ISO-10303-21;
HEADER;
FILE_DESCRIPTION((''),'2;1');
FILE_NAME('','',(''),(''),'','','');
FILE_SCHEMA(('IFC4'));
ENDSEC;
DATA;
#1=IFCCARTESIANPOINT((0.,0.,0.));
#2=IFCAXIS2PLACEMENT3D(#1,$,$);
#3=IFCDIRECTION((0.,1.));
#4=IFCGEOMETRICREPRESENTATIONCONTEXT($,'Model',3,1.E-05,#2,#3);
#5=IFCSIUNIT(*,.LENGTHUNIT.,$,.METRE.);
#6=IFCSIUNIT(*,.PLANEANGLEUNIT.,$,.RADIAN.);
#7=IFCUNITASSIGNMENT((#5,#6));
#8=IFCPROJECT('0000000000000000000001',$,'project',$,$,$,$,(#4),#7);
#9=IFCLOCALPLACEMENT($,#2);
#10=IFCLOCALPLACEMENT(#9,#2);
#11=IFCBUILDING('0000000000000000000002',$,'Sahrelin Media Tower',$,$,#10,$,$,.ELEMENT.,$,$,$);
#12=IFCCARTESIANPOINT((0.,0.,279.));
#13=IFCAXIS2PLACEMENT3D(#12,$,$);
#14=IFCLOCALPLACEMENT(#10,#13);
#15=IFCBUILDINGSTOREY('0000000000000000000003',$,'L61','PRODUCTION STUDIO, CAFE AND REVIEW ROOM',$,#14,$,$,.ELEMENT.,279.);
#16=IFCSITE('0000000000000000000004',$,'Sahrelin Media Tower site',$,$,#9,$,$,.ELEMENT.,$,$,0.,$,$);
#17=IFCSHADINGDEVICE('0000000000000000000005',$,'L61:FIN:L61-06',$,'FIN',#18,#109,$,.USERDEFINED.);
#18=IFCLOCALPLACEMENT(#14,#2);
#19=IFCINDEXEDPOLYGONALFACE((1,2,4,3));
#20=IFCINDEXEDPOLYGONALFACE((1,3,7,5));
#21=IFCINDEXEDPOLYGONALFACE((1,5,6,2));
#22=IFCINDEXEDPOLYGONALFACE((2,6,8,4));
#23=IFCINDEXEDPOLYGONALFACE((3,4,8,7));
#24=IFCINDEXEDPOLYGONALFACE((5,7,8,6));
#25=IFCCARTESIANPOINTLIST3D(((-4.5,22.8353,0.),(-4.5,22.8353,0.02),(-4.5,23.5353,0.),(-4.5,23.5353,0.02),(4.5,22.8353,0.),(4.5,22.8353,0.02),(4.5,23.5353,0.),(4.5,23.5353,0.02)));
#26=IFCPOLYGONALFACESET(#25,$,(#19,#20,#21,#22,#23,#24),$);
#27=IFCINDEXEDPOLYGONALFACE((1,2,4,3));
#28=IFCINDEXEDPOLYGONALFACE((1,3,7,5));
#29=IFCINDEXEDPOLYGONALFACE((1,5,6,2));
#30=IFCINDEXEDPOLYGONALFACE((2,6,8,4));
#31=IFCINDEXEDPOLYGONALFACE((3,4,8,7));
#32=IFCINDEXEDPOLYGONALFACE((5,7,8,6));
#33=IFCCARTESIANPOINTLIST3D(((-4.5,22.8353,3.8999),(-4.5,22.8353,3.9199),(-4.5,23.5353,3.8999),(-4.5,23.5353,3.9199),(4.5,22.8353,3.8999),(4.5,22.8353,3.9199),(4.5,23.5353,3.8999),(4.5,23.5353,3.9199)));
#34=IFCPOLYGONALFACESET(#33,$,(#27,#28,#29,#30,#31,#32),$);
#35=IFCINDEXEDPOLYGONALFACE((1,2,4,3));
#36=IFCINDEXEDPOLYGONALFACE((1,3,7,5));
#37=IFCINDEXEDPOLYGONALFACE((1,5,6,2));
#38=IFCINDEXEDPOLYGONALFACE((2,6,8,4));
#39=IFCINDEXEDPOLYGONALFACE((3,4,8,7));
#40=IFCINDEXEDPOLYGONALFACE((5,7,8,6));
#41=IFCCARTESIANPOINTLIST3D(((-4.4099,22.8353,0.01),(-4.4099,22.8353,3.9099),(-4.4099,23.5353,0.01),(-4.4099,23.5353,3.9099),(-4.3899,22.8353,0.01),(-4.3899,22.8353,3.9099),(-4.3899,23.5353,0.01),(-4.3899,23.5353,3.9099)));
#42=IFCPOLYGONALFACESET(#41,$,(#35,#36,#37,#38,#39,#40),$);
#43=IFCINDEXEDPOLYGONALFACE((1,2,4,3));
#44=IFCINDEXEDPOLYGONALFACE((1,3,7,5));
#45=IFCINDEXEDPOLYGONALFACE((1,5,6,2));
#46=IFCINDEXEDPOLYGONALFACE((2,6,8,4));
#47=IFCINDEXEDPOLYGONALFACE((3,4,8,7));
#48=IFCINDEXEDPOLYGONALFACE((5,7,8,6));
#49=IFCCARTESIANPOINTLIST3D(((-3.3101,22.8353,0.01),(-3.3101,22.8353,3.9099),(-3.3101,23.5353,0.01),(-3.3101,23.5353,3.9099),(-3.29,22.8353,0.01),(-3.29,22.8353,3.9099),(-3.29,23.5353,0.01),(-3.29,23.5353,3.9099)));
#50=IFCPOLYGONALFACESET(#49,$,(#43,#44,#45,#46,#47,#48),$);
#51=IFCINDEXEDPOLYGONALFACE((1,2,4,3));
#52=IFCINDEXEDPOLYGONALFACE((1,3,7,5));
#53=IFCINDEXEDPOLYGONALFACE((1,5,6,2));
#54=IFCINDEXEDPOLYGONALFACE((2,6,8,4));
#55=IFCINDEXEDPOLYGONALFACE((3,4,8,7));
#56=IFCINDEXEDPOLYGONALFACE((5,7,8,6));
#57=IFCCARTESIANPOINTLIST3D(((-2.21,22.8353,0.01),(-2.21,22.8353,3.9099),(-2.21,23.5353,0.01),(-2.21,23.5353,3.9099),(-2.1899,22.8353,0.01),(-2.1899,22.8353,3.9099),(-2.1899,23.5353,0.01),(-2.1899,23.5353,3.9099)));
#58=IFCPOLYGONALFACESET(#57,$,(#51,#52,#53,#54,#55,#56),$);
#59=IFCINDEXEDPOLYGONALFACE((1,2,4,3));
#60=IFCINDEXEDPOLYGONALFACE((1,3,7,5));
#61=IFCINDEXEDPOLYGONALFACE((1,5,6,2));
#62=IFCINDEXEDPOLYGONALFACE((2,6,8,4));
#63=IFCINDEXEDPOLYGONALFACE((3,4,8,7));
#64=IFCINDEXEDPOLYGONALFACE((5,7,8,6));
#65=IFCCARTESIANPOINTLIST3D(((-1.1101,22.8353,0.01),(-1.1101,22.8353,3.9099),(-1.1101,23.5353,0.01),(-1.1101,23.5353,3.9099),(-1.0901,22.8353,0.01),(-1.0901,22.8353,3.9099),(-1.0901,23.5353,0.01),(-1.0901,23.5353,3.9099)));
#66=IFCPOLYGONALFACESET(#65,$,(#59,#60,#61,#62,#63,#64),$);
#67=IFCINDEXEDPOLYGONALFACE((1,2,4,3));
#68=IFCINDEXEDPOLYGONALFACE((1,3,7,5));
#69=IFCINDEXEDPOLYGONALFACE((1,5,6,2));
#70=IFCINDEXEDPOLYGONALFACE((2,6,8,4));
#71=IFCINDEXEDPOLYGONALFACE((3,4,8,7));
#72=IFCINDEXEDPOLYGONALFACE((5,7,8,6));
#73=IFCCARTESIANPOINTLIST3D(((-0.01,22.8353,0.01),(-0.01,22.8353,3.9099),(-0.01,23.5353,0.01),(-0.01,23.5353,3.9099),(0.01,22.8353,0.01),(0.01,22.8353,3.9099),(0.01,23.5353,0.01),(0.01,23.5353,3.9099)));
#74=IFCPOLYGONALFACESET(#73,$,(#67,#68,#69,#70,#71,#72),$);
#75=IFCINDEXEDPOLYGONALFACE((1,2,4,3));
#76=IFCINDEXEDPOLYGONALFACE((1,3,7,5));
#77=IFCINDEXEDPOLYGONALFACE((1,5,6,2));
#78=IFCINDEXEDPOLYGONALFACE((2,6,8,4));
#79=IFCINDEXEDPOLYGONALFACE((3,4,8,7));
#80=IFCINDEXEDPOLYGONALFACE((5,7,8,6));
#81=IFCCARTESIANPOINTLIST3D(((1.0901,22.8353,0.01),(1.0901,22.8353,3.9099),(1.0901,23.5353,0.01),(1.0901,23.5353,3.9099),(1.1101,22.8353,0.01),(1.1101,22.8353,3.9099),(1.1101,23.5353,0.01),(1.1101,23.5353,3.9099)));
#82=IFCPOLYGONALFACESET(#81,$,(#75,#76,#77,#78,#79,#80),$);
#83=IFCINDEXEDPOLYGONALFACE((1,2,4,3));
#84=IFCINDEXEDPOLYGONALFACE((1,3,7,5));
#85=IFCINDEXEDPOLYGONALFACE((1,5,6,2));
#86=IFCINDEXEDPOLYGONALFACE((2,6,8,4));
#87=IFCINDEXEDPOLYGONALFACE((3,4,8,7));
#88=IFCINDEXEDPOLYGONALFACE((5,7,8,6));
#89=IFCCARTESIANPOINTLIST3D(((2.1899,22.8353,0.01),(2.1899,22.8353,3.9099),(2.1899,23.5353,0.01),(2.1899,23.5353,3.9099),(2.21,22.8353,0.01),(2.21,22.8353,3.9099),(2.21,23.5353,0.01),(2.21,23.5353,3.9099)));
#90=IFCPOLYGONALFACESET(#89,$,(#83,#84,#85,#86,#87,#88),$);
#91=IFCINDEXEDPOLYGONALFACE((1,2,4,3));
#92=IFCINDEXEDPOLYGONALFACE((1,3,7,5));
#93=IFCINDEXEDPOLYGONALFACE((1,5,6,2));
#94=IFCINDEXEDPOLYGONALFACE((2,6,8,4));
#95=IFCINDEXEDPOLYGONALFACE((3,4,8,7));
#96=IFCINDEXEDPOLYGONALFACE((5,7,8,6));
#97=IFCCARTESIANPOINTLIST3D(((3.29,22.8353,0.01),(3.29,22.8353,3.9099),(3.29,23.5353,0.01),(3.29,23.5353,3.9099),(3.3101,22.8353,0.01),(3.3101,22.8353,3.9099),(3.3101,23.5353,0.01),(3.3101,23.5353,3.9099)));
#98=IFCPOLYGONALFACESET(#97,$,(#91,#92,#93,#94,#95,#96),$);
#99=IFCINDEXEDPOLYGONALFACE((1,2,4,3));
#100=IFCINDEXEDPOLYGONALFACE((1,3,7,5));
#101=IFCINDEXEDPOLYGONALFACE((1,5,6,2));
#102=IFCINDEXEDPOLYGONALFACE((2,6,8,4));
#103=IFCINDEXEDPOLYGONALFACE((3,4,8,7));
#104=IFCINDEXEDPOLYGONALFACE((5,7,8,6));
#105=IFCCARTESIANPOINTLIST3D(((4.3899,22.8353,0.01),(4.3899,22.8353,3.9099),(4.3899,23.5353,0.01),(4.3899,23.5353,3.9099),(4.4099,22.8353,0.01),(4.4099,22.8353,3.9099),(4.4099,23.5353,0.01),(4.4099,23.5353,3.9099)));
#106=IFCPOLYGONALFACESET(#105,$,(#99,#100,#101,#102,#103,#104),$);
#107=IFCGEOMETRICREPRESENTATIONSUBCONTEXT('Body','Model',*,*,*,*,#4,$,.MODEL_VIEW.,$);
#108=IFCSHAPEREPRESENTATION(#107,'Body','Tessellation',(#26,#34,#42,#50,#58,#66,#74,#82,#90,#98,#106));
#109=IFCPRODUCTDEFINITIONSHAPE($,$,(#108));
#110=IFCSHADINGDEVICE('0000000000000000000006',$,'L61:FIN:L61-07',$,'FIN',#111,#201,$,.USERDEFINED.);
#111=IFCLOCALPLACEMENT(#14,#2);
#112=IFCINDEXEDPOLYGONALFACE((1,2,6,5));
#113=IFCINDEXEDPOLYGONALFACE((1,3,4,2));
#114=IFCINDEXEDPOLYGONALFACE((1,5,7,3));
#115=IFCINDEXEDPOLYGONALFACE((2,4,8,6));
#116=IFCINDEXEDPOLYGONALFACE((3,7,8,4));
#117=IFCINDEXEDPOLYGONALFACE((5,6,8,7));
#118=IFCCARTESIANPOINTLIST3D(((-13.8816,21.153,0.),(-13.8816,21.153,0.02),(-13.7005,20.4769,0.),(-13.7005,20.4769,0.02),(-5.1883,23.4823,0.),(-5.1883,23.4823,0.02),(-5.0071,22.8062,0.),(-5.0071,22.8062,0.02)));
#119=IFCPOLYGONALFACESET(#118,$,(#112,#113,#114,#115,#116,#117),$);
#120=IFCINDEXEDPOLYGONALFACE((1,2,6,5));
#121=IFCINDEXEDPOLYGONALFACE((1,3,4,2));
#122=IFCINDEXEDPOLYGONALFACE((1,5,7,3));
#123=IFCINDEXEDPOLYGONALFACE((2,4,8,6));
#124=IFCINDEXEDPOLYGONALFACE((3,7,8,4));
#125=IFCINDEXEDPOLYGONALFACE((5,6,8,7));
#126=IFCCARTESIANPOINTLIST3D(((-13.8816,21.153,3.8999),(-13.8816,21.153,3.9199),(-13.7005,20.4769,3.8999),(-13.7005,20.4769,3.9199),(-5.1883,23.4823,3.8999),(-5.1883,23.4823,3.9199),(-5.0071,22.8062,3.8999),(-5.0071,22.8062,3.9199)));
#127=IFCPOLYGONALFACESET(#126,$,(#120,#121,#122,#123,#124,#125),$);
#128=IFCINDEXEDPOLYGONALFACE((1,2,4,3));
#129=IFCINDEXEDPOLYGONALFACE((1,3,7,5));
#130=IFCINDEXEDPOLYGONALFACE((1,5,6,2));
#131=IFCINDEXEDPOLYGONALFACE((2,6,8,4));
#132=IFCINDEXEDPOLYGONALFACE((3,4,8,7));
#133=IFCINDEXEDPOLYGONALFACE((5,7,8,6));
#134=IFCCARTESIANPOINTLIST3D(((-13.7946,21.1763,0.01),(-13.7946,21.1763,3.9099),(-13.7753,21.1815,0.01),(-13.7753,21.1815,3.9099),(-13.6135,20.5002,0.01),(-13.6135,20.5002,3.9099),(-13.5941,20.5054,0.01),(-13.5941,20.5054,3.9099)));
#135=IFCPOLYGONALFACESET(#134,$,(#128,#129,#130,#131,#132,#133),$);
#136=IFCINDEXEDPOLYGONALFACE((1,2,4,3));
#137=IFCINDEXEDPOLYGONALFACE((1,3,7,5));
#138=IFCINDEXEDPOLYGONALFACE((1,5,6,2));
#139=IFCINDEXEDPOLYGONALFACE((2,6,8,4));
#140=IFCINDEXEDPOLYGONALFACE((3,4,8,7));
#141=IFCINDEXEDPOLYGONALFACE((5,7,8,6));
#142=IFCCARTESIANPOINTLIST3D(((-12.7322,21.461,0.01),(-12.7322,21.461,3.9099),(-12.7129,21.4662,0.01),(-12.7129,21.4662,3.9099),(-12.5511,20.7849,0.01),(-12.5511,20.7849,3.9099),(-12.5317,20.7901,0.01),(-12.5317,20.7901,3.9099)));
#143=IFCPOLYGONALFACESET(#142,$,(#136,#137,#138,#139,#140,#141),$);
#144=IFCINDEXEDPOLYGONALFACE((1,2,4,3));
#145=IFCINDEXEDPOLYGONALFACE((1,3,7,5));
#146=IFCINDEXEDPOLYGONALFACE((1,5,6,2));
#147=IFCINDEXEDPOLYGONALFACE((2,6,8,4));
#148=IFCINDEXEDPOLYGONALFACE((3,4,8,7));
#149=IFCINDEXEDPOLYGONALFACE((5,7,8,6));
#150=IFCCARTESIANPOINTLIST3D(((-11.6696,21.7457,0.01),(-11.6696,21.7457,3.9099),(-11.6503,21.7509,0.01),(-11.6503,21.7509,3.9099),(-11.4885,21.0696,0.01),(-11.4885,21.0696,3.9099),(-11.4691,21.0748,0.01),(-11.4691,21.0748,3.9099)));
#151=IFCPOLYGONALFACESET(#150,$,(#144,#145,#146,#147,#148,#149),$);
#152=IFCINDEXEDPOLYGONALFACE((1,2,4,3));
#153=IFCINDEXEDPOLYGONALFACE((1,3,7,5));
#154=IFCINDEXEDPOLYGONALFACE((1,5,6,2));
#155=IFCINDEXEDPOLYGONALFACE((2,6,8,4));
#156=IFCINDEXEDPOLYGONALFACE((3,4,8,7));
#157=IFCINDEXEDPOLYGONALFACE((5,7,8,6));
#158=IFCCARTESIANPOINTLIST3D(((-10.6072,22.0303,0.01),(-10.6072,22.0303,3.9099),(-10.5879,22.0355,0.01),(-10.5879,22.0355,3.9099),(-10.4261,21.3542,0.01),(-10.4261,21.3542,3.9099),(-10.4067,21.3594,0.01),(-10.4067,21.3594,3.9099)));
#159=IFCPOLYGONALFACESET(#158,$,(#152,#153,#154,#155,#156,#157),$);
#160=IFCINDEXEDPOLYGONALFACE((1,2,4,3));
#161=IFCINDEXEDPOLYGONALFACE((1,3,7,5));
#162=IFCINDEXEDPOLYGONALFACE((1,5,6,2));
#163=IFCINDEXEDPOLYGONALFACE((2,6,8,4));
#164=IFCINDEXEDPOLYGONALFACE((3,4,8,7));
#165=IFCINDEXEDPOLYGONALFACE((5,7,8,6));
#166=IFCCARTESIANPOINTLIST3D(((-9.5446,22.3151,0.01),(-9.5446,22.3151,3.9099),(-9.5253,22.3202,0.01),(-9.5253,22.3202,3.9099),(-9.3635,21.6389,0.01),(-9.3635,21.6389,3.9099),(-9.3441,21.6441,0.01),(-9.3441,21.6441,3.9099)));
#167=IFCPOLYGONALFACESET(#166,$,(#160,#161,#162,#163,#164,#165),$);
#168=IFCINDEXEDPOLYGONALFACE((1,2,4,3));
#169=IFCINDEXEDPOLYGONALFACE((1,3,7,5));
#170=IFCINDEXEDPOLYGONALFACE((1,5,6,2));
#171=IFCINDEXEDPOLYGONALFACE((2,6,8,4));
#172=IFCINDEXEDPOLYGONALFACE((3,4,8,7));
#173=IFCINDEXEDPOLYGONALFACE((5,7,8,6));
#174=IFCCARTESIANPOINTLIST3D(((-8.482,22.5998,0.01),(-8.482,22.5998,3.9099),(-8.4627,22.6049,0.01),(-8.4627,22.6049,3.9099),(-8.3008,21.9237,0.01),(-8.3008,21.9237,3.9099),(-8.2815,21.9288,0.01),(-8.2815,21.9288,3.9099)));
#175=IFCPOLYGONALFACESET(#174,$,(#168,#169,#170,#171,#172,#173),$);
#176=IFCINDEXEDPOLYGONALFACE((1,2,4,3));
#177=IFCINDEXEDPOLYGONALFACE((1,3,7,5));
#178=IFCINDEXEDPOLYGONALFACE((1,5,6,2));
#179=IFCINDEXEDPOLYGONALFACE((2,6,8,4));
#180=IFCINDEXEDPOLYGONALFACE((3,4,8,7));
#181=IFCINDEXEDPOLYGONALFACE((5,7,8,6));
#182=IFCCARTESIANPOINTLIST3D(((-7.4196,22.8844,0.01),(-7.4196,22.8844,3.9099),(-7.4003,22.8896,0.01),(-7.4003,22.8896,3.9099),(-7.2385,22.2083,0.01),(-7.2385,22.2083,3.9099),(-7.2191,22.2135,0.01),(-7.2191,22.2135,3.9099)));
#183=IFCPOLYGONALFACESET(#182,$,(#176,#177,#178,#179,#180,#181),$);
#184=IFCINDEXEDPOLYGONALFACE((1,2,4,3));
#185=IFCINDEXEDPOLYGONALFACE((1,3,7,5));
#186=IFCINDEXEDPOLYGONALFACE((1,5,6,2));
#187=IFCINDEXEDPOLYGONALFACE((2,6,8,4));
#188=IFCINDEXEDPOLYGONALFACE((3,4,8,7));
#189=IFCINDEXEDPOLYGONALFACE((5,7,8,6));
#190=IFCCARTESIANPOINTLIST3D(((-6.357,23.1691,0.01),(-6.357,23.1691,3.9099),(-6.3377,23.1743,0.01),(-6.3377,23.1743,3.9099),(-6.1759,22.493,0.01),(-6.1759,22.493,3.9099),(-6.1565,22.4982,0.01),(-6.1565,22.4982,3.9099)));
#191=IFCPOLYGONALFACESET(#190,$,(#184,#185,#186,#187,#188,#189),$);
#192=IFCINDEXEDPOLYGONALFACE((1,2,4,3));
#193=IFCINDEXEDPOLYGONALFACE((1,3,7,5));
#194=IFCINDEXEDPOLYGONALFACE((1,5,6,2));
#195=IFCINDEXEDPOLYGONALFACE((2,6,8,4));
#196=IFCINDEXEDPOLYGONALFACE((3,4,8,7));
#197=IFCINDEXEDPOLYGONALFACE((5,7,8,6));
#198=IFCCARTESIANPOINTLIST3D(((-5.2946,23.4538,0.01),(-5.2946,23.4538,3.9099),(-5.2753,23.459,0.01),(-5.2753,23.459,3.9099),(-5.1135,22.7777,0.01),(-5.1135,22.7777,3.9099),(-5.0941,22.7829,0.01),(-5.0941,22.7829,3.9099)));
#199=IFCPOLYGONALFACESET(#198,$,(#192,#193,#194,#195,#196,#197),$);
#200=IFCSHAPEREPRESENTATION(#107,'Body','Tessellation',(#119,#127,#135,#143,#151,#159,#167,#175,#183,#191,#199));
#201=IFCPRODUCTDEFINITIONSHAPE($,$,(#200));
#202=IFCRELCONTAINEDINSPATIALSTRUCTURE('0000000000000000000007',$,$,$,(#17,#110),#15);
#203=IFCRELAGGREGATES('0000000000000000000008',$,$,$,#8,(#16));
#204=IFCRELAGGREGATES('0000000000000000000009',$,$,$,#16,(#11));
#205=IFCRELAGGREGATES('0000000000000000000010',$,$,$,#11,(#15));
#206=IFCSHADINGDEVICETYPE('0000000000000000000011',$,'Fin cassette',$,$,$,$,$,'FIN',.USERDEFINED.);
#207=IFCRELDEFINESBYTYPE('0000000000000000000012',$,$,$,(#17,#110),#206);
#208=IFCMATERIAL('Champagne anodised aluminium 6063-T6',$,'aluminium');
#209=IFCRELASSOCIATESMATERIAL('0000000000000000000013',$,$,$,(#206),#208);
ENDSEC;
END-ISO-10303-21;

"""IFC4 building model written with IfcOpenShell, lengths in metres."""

from ifc_helpers import new_model, si_unit, direction, frame, origin, origin_2d, place, context, subcontext, project, spatial, rectangle, extrude, material, type_object, element, save


model = new_model("IFC4")

# Units and contexts
model_context = context("Model", 3, precision=1e-05, world=origin(), true_north=direction((0.0, 1.0)))
body_context = subcontext(model_context, "Body", "Model", "MODEL_VIEW")
ifc_project = project(units=[si_unit("LENGTHUNIT", "METRE"), si_unit("PLANEANGLEUNIT", "RADIAN")], contexts=[model_context])

# Site, building, storey
site_placement = place(None, origin())
site = spatial("IfcSite", under=ifc_project, at=site_placement, Name="Sahrelin Media Tower site", CompositionType="ELEMENT", RefElevation=0.0)
building_placement = place(site_placement, origin())
building = spatial("IfcBuilding", under=site, at=building_placement, Name="Sahrelin Media Tower", CompositionType="ELEMENT")
storey_placement = place(building_placement, frame((0.0, 0.0, 279.0)))
storey = spatial("IfcBuildingStorey", under=building, at=storey_placement, Name="L61", Description="PRODUCTION STUDIO, CAFE AND REVIEW ROOM", CompositionType="ELEMENT", Elevation=279.0)

# Shared definitions
ifc_material_1 = material(Name="Champagne anodised aluminium 6063-T6", Category="aluminium")
placement_1 = place(storey_placement, frame((0.0, 22.7654, 0.0), z_axis=(0.0, 0.0, 1.0), x_axis=(1.0, 0.0, 0.0)))

# Shading devices
shading_device_type_1 = type_object("IfcShadingDeviceType", Name="Fin cassette", ElementType="FIN", PredefinedType="USERDEFINED", material=ifc_material_1)
element("IfcShadingDevice", 1, at=placement_1, inside=storey, type_object=shading_device_type_1, Name="L61:FIN:L61-06", ObjectType="FIN", PredefinedType="USERDEFINED", context=body_context, shape_type="SweptSolid", body=[
    extrude(rectangle(XDim=9.0, YDim=0.7, at=origin_2d()), frame((0.0, 0.4199, 0.0)), (0.0, 0.0, 1.0), 0.02),
    extrude(rectangle(XDim=9.0, YDim=0.7, at=origin_2d()), frame((0.0, 0.4199, 3.8999)), (0.0, 0.0, 1.0), 0.02),
    extrude(rectangle(XDim=0.02, YDim=0.7, at=origin_2d()), frame((-4.3999, 0.4199, 0.01), z_axis=(0.0, 0.0, 1.0), x_axis=(1.0, 0.0, 0.0)), (0.0, 0.0, 1.0), 3.8999),
    extrude(rectangle(XDim=0.02, YDim=0.7, at=origin_2d()), frame((-3.3, 0.4199, 0.01), z_axis=(0.0, 0.0, 1.0), x_axis=(1.0, 0.0, 0.0)), (0.0, 0.0, 1.0), 3.8999),
    extrude(rectangle(XDim=0.02, YDim=0.7, at=origin_2d()), frame((-2.2, 0.4199, 0.01), z_axis=(0.0, 0.0, 1.0), x_axis=(1.0, 0.0, 0.0)), (0.0, 0.0, 1.0), 3.8999),
    extrude(rectangle(XDim=0.02, YDim=0.7, at=origin_2d()), frame((-1.1001, 0.4199, 0.01), z_axis=(0.0, 0.0, 1.0), x_axis=(1.0, 0.0, 0.0)), (0.0, 0.0, 1.0), 3.8999),
    extrude(rectangle(XDim=0.02, YDim=0.7, at=origin_2d()), frame((0.0, 0.4199, 0.01), z_axis=(0.0, 0.0, 1.0), x_axis=(1.0, 0.0, 0.0)), (0.0, 0.0, 1.0), 3.8999),
    extrude(rectangle(XDim=0.02, YDim=0.7, at=origin_2d()), frame((1.1001, 0.4199, 0.01), z_axis=(0.0, 0.0, 1.0), x_axis=(1.0, 0.0, 0.0)), (0.0, 0.0, 1.0), 3.8999),
    extrude(rectangle(XDim=0.02, YDim=0.7, at=origin_2d()), frame((2.2, 0.4199, 0.01), z_axis=(0.0, 0.0, 1.0), x_axis=(1.0, 0.0, 0.0)), (0.0, 0.0, 1.0), 3.8999),
    extrude(rectangle(XDim=0.02, YDim=0.7, at=origin_2d()), frame((3.3, 0.4199, 0.01), z_axis=(0.0, 0.0, 1.0), x_axis=(1.0, 0.0, 0.0)), (0.0, 0.0, 1.0), 3.8999),
    extrude(rectangle(XDim=0.02, YDim=0.7, at=origin_2d()), frame((4.3999, 0.4199, 0.01), z_axis=(0.0, 0.0, 1.0), x_axis=(1.0, 0.0, 0.0)), (0.0, 0.0, 1.0), 3.8999),
])
placement_2 = place(storey_placement, frame((-9.3357, 21.574, 0.0), z_axis=(0.0, 0.0, 1.0), x_axis=(0.965929, 0.258808, 0.0)))
element("IfcShadingDevice", 2, at=placement_2, inside=storey, type_object=shading_device_type_1, Name="L61:FIN:L61-07", ObjectType="FIN", PredefinedType="USERDEFINED", context=body_context, shape_type="SweptSolid", body=[
    extrude(rectangle(XDim=9.0, YDim=0.7, at=origin_2d()), frame((0.0, 0.4199, 0.0)), (0.0, 0.0, 1.0), 0.02),
    extrude(rectangle(XDim=9.0, YDim=0.7, at=origin_2d()), frame((0.0, 0.4199, 3.8999)), (0.0, 0.0, 1.0), 0.02),
    extrude(rectangle(XDim=0.02, YDim=0.7, at=origin_2d()), frame((-4.3999, 0.4199, 0.01), z_axis=(0.0, 0.0, 1.0), x_axis=(1.0, 0.0, 0.0)), (0.0, 0.0, 1.0), 3.8999),
    extrude(rectangle(XDim=0.02, YDim=0.7, at=origin_2d()), frame((-3.3, 0.4199, 0.01), z_axis=(0.0, 0.0, 1.0), x_axis=(1.0, 0.0, 0.0)), (0.0, 0.0, 1.0), 3.8999),
    extrude(rectangle(XDim=0.02, YDim=0.7, at=origin_2d()), frame((-2.2, 0.4199, 0.01), z_axis=(0.0, 0.0, 1.0), x_axis=(1.0, 0.0, 0.0)), (0.0, 0.0, 1.0), 3.8999),
    extrude(rectangle(XDim=0.02, YDim=0.7, at=origin_2d()), frame((-1.1001, 0.4199, 0.01), z_axis=(0.0, 0.0, 1.0), x_axis=(1.0, 0.0, 0.0)), (0.0, 0.0, 1.0), 3.8999),
    extrude(rectangle(XDim=0.02, YDim=0.7, at=origin_2d()), frame((0.0, 0.4199, 0.01), z_axis=(0.0, 0.0, 1.0), x_axis=(1.0, 0.0, 0.0)), (0.0, 0.0, 1.0), 3.8999),
    extrude(rectangle(XDim=0.02, YDim=0.7, at=origin_2d()), frame((1.1001, 0.4199, 0.01), z_axis=(0.0, 0.0, 1.0), x_axis=(1.0, 0.0, 0.0)), (0.0, 0.0, 1.0), 3.8999),
    extrude(rectangle(XDim=0.02, YDim=0.7, at=origin_2d()), frame((2.2, 0.4199, 0.01), z_axis=(0.0, 0.0, 1.0), x_axis=(1.0, 0.0, 0.0)), (0.0, 0.0, 1.0), 3.8999),
    extrude(rectangle(XDim=0.02, YDim=0.7, at=origin_2d()), frame((3.3, 0.4199, 0.01), z_axis=(0.0, 0.0, 1.0), x_axis=(1.0, 0.0, 0.0)), (0.0, 0.0, 1.0), 3.8999),
    extrude(rectangle(XDim=0.02, YDim=0.7, at=origin_2d()), frame((4.3999, 0.4199, 0.01), z_axis=(0.0, 0.0, 1.0), x_axis=(1.0, 0.0, 0.0)), (0.0, 0.0, 1.0), 3.8999),
])

save(model, "model.ifc")
